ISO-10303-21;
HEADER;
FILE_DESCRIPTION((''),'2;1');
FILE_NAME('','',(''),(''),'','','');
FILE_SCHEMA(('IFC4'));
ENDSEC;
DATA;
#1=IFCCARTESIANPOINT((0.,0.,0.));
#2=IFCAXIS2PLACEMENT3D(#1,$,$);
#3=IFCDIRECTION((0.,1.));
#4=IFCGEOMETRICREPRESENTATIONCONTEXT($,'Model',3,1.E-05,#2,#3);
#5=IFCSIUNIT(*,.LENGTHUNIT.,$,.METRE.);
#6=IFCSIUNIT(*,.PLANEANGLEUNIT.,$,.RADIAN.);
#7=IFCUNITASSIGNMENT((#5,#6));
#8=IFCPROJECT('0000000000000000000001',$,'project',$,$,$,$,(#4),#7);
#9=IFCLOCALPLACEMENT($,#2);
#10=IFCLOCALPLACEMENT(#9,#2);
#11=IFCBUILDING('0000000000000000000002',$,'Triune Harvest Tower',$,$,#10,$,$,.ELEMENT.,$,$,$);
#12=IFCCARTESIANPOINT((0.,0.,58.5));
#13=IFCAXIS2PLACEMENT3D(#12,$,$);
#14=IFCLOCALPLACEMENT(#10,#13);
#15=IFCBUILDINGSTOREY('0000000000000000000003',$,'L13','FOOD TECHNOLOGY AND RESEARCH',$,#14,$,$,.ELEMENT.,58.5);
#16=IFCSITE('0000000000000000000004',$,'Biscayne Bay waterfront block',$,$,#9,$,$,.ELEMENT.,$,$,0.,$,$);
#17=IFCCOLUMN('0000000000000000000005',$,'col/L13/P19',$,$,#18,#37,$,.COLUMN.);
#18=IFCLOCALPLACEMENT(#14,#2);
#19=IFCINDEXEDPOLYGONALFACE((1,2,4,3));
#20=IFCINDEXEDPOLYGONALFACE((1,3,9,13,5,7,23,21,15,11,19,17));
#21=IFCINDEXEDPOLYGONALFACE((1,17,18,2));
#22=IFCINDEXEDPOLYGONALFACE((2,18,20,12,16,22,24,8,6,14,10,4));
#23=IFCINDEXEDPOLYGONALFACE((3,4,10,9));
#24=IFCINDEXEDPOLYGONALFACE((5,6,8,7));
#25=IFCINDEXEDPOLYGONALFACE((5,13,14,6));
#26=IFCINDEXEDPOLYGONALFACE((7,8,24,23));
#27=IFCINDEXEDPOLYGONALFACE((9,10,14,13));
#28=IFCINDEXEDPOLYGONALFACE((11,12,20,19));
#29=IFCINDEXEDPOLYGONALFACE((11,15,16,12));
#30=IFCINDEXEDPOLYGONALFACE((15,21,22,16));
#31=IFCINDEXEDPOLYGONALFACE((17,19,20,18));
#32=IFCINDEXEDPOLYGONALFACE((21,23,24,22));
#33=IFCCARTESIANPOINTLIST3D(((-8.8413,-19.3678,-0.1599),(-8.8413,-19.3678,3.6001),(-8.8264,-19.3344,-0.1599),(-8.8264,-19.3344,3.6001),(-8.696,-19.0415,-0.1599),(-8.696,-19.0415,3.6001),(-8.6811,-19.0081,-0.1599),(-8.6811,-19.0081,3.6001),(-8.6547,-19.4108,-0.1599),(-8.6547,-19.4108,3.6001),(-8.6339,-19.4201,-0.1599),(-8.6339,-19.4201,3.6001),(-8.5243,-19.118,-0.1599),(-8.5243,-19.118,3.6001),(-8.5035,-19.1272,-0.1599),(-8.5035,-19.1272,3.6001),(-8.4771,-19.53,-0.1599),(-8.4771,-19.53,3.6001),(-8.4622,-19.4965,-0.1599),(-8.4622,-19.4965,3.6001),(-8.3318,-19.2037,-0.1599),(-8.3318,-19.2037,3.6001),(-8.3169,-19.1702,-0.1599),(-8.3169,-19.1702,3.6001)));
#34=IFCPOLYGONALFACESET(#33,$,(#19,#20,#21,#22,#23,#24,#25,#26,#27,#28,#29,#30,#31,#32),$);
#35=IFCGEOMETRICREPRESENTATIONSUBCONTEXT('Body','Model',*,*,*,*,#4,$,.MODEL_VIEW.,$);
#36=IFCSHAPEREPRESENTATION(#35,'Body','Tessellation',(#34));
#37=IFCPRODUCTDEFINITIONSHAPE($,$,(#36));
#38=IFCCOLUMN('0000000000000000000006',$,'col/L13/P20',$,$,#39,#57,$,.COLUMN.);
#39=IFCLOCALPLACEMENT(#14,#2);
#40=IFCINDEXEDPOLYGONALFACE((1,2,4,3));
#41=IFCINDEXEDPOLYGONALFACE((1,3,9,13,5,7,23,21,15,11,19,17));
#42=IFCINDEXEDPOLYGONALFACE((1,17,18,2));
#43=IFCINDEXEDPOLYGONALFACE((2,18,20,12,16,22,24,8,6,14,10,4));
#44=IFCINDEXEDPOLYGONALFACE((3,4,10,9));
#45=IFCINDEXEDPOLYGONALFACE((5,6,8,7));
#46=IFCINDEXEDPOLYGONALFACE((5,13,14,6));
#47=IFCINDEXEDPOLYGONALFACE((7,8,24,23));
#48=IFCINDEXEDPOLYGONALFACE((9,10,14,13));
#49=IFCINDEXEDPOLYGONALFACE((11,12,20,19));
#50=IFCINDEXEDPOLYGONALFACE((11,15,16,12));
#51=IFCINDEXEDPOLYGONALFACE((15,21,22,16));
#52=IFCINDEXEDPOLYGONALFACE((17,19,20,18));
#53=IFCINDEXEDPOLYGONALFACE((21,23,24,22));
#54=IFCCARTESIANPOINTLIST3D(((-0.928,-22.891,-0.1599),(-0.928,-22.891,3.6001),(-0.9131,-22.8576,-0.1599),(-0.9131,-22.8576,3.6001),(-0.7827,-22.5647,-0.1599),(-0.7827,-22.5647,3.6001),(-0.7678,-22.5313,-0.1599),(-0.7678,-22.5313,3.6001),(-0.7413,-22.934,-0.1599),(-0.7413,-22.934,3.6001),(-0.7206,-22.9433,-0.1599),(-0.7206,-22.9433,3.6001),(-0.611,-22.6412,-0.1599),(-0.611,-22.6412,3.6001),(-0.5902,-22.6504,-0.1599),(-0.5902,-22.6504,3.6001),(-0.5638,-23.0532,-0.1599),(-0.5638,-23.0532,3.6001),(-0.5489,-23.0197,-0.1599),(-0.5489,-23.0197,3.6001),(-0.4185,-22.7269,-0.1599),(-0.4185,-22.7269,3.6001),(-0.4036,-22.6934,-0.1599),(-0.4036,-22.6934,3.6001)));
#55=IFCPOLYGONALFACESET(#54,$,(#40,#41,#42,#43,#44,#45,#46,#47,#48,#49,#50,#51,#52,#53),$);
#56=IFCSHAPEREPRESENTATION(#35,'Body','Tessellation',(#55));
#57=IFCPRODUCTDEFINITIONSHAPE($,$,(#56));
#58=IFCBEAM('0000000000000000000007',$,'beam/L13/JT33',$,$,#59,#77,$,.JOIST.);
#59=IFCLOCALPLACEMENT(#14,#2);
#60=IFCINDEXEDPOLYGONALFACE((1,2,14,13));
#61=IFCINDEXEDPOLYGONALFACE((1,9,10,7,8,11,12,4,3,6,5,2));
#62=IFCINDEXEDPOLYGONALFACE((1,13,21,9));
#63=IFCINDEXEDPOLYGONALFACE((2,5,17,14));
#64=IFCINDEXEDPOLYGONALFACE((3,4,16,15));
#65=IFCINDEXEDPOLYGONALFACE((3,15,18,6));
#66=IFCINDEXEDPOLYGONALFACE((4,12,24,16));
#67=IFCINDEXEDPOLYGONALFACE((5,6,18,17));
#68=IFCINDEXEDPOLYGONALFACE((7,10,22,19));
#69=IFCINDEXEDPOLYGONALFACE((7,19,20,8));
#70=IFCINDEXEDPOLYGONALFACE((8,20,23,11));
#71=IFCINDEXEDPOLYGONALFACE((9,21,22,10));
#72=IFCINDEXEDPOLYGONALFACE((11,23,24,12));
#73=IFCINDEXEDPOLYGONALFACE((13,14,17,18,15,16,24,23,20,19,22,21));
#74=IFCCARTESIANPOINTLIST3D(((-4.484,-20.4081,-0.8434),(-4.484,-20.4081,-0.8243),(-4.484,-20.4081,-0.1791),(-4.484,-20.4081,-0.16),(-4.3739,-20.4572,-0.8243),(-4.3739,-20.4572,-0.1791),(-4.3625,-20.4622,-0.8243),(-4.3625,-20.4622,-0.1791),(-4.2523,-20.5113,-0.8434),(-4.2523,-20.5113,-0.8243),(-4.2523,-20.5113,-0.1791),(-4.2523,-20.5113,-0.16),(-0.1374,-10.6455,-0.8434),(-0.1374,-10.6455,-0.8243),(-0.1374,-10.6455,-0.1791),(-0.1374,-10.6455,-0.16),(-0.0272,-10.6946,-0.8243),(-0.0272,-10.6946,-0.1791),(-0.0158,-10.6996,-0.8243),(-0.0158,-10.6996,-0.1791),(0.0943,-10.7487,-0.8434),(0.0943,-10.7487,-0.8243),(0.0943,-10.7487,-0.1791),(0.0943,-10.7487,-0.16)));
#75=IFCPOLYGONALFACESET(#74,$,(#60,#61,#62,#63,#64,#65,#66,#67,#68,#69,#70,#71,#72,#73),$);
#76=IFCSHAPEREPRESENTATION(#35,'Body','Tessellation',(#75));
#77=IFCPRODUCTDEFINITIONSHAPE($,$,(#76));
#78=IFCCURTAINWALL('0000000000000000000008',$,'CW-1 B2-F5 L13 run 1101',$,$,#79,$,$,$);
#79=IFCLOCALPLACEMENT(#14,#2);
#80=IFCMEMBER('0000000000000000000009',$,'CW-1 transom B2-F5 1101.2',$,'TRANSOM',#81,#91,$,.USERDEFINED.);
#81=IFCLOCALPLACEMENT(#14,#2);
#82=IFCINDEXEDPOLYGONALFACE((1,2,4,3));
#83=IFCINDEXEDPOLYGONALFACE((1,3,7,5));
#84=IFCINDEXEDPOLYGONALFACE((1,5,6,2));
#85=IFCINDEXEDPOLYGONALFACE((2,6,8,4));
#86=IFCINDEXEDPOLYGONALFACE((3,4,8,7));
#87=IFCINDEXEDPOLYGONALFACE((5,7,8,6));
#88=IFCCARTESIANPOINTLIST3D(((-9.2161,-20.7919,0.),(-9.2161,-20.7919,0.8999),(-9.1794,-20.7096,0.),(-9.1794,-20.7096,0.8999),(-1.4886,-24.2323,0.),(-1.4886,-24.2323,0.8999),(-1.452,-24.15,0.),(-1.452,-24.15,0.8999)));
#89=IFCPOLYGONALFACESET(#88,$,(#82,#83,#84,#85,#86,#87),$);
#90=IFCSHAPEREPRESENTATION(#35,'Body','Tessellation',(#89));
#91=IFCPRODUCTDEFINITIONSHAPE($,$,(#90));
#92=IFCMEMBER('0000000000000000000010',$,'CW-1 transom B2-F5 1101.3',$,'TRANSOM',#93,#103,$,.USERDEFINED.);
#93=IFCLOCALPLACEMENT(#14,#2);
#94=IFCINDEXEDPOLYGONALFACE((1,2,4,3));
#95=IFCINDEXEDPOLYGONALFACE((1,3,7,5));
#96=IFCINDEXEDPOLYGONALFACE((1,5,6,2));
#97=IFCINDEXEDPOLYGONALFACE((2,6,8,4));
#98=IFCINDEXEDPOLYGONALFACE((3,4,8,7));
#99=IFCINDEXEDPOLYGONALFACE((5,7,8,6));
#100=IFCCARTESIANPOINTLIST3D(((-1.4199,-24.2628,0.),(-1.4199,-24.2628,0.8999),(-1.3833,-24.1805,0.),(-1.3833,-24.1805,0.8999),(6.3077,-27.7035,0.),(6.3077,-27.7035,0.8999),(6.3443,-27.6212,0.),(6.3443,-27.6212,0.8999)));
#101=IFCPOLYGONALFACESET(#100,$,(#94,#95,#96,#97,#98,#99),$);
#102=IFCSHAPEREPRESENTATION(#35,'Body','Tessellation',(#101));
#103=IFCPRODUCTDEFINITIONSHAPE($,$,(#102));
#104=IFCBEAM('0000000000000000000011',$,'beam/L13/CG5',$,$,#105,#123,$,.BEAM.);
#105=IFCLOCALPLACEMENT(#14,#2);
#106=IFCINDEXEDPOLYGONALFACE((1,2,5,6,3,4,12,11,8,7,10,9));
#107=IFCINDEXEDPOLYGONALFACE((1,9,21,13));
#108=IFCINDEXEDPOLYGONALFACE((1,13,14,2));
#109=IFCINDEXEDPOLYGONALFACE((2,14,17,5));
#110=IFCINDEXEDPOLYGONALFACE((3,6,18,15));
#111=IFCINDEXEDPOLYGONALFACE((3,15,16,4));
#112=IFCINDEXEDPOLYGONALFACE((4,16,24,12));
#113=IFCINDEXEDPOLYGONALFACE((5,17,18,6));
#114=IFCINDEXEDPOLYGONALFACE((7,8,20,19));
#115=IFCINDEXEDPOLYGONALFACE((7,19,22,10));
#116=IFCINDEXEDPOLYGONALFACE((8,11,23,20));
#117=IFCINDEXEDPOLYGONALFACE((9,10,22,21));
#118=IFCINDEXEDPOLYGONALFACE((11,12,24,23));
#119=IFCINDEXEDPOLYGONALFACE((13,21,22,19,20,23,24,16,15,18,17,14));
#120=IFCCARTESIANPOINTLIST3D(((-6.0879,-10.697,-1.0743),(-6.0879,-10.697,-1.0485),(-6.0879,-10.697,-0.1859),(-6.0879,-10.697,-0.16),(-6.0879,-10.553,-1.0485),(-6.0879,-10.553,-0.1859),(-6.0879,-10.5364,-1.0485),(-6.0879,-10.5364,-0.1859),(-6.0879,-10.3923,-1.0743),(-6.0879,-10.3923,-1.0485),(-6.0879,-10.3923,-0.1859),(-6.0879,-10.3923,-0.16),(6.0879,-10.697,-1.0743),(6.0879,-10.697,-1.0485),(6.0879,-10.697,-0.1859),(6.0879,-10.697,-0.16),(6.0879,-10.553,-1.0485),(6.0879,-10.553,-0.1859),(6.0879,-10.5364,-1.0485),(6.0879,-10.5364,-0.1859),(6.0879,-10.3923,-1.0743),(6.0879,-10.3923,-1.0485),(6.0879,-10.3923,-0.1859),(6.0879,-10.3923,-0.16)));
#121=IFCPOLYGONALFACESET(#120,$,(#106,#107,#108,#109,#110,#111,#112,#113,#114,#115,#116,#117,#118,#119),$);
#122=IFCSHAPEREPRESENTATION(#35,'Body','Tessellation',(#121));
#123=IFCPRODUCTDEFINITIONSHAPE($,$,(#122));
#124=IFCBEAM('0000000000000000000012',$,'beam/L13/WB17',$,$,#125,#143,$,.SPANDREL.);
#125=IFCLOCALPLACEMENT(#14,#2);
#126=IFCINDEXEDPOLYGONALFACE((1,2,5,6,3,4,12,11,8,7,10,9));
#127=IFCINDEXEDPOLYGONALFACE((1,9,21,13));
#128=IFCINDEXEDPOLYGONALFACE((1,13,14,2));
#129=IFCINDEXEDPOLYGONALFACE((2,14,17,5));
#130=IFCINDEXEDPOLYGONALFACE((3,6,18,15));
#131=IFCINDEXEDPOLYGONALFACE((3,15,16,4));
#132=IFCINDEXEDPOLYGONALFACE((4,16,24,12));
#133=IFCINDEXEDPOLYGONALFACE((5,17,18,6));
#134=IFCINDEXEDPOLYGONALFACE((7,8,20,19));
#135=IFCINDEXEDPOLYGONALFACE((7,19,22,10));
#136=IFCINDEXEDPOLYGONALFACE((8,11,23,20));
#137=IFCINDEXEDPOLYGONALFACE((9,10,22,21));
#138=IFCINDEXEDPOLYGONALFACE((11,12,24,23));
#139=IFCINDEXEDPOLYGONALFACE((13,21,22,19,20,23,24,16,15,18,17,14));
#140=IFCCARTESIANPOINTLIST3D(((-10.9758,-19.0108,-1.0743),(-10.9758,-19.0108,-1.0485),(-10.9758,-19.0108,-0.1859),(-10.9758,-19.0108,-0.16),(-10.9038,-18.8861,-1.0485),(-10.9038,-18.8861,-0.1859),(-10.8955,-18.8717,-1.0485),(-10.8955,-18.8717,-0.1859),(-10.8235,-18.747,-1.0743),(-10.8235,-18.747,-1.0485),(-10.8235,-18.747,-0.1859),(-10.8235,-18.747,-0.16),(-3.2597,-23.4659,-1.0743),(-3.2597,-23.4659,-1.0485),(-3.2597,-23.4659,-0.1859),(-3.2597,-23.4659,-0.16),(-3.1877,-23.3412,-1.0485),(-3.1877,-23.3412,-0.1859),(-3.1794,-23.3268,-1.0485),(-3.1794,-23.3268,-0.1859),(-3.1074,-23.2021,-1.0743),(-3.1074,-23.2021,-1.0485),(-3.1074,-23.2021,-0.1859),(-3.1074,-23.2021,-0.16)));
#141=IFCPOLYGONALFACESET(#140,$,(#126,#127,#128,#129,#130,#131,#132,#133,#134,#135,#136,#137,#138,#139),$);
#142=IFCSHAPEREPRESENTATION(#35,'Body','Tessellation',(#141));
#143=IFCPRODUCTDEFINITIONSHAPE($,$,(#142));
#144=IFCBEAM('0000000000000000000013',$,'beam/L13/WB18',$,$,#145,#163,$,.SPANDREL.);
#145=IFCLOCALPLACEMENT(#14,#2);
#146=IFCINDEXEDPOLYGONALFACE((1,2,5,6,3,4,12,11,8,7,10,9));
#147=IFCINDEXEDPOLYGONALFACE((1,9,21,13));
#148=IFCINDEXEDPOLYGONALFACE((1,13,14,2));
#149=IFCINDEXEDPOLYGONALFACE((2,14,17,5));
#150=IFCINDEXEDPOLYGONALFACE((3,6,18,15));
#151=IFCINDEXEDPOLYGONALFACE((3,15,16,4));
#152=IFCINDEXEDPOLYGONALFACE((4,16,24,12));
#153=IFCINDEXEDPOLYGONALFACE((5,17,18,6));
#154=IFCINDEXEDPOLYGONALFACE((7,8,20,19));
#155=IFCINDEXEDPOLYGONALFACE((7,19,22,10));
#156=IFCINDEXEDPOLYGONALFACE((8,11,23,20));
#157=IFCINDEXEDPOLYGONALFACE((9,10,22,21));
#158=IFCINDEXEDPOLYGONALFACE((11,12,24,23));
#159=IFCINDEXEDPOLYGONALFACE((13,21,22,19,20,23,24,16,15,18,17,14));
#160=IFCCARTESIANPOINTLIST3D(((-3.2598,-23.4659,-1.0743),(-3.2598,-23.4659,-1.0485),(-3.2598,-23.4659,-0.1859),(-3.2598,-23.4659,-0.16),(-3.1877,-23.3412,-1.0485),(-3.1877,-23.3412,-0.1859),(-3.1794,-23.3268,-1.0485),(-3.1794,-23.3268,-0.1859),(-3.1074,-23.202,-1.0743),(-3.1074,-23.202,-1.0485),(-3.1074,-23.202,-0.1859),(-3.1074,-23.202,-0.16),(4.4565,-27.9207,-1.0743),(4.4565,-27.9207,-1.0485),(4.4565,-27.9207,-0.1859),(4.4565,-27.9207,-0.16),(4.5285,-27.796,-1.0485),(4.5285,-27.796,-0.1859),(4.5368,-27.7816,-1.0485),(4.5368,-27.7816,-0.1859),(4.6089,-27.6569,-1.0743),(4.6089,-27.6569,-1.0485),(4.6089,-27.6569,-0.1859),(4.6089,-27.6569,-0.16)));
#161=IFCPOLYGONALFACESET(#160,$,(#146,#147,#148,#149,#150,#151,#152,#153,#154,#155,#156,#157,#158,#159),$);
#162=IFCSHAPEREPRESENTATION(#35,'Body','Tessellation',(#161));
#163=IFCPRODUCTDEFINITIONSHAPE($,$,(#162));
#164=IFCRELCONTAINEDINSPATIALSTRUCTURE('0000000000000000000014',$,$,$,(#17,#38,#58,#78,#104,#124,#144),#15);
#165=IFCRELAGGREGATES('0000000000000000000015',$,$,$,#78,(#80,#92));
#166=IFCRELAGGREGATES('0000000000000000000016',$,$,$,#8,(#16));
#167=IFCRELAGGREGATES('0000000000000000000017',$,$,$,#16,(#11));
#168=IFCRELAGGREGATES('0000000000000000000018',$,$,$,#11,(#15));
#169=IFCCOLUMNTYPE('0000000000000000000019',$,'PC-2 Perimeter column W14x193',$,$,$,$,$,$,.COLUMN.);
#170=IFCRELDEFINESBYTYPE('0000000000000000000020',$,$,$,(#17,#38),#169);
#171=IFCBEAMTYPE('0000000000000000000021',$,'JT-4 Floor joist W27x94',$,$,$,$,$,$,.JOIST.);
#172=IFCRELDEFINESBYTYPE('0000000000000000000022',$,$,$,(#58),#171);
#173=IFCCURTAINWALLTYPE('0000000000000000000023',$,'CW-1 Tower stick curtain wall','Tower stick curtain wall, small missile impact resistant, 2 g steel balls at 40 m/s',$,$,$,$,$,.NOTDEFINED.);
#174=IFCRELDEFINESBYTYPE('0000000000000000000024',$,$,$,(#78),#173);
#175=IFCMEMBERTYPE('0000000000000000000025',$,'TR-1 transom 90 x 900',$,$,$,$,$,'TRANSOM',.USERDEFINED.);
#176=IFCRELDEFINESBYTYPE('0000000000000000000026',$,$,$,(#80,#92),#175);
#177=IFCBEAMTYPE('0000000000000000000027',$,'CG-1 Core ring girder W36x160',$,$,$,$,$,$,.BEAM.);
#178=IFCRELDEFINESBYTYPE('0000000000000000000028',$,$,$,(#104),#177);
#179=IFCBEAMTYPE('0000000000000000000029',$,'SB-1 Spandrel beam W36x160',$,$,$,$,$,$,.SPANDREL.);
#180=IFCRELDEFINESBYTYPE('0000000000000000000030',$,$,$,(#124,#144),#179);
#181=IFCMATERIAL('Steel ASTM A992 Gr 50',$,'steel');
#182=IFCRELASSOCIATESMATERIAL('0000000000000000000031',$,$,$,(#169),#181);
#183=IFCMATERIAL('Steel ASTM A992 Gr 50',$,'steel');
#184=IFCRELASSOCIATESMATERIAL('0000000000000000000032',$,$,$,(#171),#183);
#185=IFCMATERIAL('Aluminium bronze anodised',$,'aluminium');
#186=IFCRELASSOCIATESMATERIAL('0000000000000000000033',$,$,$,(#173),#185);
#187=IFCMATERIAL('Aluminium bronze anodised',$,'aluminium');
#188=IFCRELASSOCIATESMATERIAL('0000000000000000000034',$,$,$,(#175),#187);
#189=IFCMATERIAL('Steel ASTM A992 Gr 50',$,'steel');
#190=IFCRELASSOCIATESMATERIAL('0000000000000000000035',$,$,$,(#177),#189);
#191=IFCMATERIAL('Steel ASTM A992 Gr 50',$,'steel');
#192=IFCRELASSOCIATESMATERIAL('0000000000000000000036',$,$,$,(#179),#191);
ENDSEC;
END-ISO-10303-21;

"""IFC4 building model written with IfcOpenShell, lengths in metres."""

from ifc_helpers import new_model, si_unit, direction, frame, origin, origin_2d, place, context, subcontext, project, spatial, rectangle, i_section, extrude, source, transform, mapped, material, material_profile, profile_set, type_object, element, aggregate, save


model = new_model("IFC4")

# Units and contexts
model_context = context("Model", 3, precision=1e-05, world=origin(), true_north=direction((0.0, 1.0)))
body_context = subcontext(model_context, "Body", "Model", "MODEL_VIEW")
ifc_project = project(units=[si_unit("LENGTHUNIT", "METRE"), si_unit("PLANEANGLEUNIT", "RADIAN")], contexts=[model_context])

# Site, building, storey
site_placement = place(None, origin())
site = spatial("IfcSite", under=ifc_project, at=site_placement, Name="Biscayne Bay waterfront block", CompositionType="ELEMENT", RefElevation=0.0)
building_placement = place(site_placement, origin())
building = spatial("IfcBuilding", under=site, at=building_placement, Name="Triune Harvest Tower", CompositionType="ELEMENT")
storey_placement = place(building_placement, frame((0.0, 0.0, 58.5)))
storey = spatial("IfcBuildingStorey", under=building, at=storey_placement, Name="L13", Description="FOOD TECHNOLOGY AND RESEARCH", CompositionType="ELEMENT", Elevation=58.5)

# Columns
ifc_material_1 = material(Name="Steel ASTM A992 Gr 50", Category="steel")
ifc_material_profile_1 = material_profile(ifc_material_1, i_section(OverallWidth=0.3987, OverallDepth=0.3938, WebThickness=0.0227, FlangeThickness=0.0366, at=origin_2d()), Name="W14x193")
ifc_profile_set_1 = profile_set([ifc_material_profile_1], Name="Steel ASTM A992 Gr 50")
column_type = type_object("IfcColumnType", Name="PC-2 Perimeter column W14x193", PredefinedType="COLUMN", material=ifc_profile_set_1)
shared_shape_1 = source(origin(), body_context, "Body", "SweptSolid", [
    extrude(i_section(OverallWidth=0.3987, OverallDepth=0.3938, WebThickness=0.0227, FlangeThickness=0.0366, at=origin_2d()), origin(), (0.0, 0.0, 1.0), 3.76),
])
for number, where, z_axis, x_axis, name in (
    (1, (-8.5791, -19.269, -0.1599), (0.0, 0.0, 1.0), (0.913545, -0.406737, 0.0), "col/L13/P19"),
    (2, (-0.6658, -22.7922, -0.1599), (0.0, 0.0, 1.0), (0.913545, -0.406737, 0.0), "col/L13/P20"),
):
    element("IfcColumn", number, at=place(storey_placement, frame(where, z_axis=z_axis, x_axis=x_axis)), inside=storey, type_object=column_type, Name=name, PredefinedType="COLUMN", context=body_context, shape_type="MappedRepresentation", body=[
        mapped(shared_shape_1, transform((0.0, 0.0, 0.0), scale=1.0)),
    ])

# Beam
ifc_material_2 = material(Name="Steel ASTM A992 Gr 50", Category="steel")
ifc_material_profile_2 = material_profile(ifc_material_2, i_section(OverallWidth=0.2537, OverallDepth=0.6833, WebThickness=0.0125, FlangeThickness=0.019, at=origin_2d()), Name="W27x94")
ifc_profile_set_2 = profile_set([ifc_material_profile_2], Name="Steel ASTM A992 Gr 50")
beam_type_1 = type_object("IfcBeamType", Name="JT-4 Floor joist W27x94", PredefinedType="JOIST", material=ifc_profile_set_2)
beam_1_placement = place(storey_placement, frame((-4.3682, -20.4597, -0.5017), z_axis=(0.40674, 0.913544, 0.0), x_axis=(-0.913544, 0.40674, 0.0)))
element("IfcBeam", 3, at=beam_1_placement, inside=storey, type_object=beam_type_1, Name="beam/L13/JT33", PredefinedType="JOIST", context=body_context, shape_type="SweptSolid", body=[
    extrude(i_section(OverallWidth=0.2537, OverallDepth=0.6833, WebThickness=0.0125, FlangeThickness=0.019, at=origin_2d()), origin(), (0.0, 0.0, 1.0), 10.6865),
])

# Curtain wall, members
ifc_material_3 = material(Name="Aluminium bronze anodised", Category="aluminium")
curtain_wall_type = type_object("IfcCurtainWallType", Name="CW-1 Tower stick curtain wall", Description="Tower stick curtain wall, small missile impact resistant, 2 g steel balls at 40 m/s", PredefinedType="NOTDEFINED", material=ifc_material_3)
curtain_wall_placement = place(storey_placement, origin())
curtain_wall = element("IfcCurtainWall", 4, at=curtain_wall_placement, inside=storey, type_object=curtain_wall_type, Name="CW-1 B2-F5 L13 run 1101")
ifc_material_4 = material(Name="Aluminium bronze anodised", Category="aluminium")
ifc_material_profile_3 = material_profile(ifc_material_4, rectangle(XDim=0.0901, YDim=0.8999, at=origin_2d()), Name="TR-1 transom 90 x 900")
ifc_profile_set_3 = profile_set([ifc_material_profile_3], Name="Aluminium bronze anodised")
member_type_1 = type_object("IfcMemberType", Name="TR-1 transom 90 x 900", ElementType="TRANSOM", PredefinedType="USERDEFINED", material=ifc_profile_set_3)
member_1_placement = place(storey_placement, frame((-9.1978, -20.7507, 0.45), z_axis=(0.91355, -0.406728, 0.0), x_axis=(0.406728, 0.91355, 0.0)))
member_1 = element("IfcMember", 5, at=member_1_placement, type_object=member_type_1, Name="CW-1 transom B2-F5 1101.2", ObjectType="TRANSOM", PredefinedType="USERDEFINED", context=body_context, shape_type="SweptSolid", body=[
    extrude(rectangle(XDim=0.0901, YDim=0.8999, at=origin_2d()), origin(), (0.0, 0.0, 1.0), 8.4587),
])
member_2_placement = place(storey_placement, frame((-1.4016, -24.2217, 0.45), z_axis=(0.913539, -0.406752, 0.0), x_axis=(0.406752, 0.913539, 0.0)))
member_2 = element("IfcMember", 6, at=member_2_placement, type_object=member_type_1, Name="CW-1 transom B2-F5 1101.3", ObjectType="TRANSOM", PredefinedType="USERDEFINED", context=body_context, shape_type="SweptSolid", body=[
    extrude(rectangle(XDim=0.0901, YDim=0.8999, at=origin_2d()), origin(), (0.0, 0.0, 1.0), 8.459),
])

# Beams
ifc_material_5 = material(Name="Steel ASTM A992 Gr 50", Category="steel")
ifc_material_profile_4 = material_profile(ifc_material_5, i_section(OverallWidth=0.3047, OverallDepth=0.9143, WebThickness=0.0166, FlangeThickness=0.0259, at=origin_2d()), Name="W36x160")
ifc_profile_set_4 = profile_set([ifc_material_profile_4], Name="Steel ASTM A992 Gr 50")
beam_type_2 = type_object("IfcBeamType", Name="CG-1 Core ring girder W36x160", PredefinedType="BEAM", material=ifc_profile_set_4)
shared_shape_2 = source(origin(), body_context, "Body", "SweptSolid", [
    extrude(i_section(OverallWidth=0.3047, OverallDepth=0.9143, WebThickness=0.0166, FlangeThickness=0.0259, at=origin_2d()), origin(), (0.0, 0.0, 1.0), 12.1758),
])
beam_2_placement = place(storey_placement, frame((-6.0879, -10.5447, -0.6172), z_axis=(1.0, 0.0, 0.0), x_axis=(0.0, 1.0, 0.0)))
element("IfcBeam", 7, at=beam_2_placement, inside=storey, type_object=beam_type_2, Name="beam/L13/CG5", PredefinedType="BEAM", context=body_context, shape_type="MappedRepresentation", body=[
    mapped(shared_shape_2, transform((0.0, 0.0, 0.0), scale=1.0)),
])
ifc_material_6 = material(Name="Steel ASTM A992 Gr 50", Category="steel")
ifc_material_profile_5 = material_profile(ifc_material_6, i_section(OverallWidth=0.3047, OverallDepth=0.9143, WebThickness=0.0166, FlangeThickness=0.0259, at=origin_2d()), Name="W36x160")
ifc_profile_set_5 = profile_set([ifc_material_profile_5], Name="Steel ASTM A992 Gr 50")
beam_type_3 = type_object("IfcBeamType", Name="SB-1 Spandrel beam W36x160", PredefinedType="SPANDREL", material=ifc_profile_set_5)
shared_shape_3 = source(origin(), body_context, "Body", "SweptSolid", [
    extrude(i_section(OverallWidth=0.3047, OverallDepth=0.9143, WebThickness=0.0166, FlangeThickness=0.0259, at=origin_2d()), origin(), (0.0, 0.0, 1.0), 8.9099),
])
for number, where, z_axis, x_axis, name in (
    (8, (-10.8997, -18.8789, -0.6172), (0.866015, -0.500017, 0.0), (0.500017, 0.866015, 0.0), "beam/L13/WB17"),
    (9, (-3.1836, -23.334, -0.6172), (0.866034, -0.499985, 0.0), (0.499985, 0.866034, 0.0), "beam/L13/WB18"),
):
    element("IfcBeam", number, at=place(storey_placement, frame(where, z_axis=z_axis, x_axis=x_axis)), inside=storey, type_object=beam_type_3, Name=name, PredefinedType="SPANDREL", context=body_context, shape_type="MappedRepresentation", body=[
        mapped(shared_shape_3, transform((0.0, 0.0, 0.0), scale=1.0)),
    ])

aggregate(curtain_wall, [member_1, member_2])

save(model, "model.ifc")
